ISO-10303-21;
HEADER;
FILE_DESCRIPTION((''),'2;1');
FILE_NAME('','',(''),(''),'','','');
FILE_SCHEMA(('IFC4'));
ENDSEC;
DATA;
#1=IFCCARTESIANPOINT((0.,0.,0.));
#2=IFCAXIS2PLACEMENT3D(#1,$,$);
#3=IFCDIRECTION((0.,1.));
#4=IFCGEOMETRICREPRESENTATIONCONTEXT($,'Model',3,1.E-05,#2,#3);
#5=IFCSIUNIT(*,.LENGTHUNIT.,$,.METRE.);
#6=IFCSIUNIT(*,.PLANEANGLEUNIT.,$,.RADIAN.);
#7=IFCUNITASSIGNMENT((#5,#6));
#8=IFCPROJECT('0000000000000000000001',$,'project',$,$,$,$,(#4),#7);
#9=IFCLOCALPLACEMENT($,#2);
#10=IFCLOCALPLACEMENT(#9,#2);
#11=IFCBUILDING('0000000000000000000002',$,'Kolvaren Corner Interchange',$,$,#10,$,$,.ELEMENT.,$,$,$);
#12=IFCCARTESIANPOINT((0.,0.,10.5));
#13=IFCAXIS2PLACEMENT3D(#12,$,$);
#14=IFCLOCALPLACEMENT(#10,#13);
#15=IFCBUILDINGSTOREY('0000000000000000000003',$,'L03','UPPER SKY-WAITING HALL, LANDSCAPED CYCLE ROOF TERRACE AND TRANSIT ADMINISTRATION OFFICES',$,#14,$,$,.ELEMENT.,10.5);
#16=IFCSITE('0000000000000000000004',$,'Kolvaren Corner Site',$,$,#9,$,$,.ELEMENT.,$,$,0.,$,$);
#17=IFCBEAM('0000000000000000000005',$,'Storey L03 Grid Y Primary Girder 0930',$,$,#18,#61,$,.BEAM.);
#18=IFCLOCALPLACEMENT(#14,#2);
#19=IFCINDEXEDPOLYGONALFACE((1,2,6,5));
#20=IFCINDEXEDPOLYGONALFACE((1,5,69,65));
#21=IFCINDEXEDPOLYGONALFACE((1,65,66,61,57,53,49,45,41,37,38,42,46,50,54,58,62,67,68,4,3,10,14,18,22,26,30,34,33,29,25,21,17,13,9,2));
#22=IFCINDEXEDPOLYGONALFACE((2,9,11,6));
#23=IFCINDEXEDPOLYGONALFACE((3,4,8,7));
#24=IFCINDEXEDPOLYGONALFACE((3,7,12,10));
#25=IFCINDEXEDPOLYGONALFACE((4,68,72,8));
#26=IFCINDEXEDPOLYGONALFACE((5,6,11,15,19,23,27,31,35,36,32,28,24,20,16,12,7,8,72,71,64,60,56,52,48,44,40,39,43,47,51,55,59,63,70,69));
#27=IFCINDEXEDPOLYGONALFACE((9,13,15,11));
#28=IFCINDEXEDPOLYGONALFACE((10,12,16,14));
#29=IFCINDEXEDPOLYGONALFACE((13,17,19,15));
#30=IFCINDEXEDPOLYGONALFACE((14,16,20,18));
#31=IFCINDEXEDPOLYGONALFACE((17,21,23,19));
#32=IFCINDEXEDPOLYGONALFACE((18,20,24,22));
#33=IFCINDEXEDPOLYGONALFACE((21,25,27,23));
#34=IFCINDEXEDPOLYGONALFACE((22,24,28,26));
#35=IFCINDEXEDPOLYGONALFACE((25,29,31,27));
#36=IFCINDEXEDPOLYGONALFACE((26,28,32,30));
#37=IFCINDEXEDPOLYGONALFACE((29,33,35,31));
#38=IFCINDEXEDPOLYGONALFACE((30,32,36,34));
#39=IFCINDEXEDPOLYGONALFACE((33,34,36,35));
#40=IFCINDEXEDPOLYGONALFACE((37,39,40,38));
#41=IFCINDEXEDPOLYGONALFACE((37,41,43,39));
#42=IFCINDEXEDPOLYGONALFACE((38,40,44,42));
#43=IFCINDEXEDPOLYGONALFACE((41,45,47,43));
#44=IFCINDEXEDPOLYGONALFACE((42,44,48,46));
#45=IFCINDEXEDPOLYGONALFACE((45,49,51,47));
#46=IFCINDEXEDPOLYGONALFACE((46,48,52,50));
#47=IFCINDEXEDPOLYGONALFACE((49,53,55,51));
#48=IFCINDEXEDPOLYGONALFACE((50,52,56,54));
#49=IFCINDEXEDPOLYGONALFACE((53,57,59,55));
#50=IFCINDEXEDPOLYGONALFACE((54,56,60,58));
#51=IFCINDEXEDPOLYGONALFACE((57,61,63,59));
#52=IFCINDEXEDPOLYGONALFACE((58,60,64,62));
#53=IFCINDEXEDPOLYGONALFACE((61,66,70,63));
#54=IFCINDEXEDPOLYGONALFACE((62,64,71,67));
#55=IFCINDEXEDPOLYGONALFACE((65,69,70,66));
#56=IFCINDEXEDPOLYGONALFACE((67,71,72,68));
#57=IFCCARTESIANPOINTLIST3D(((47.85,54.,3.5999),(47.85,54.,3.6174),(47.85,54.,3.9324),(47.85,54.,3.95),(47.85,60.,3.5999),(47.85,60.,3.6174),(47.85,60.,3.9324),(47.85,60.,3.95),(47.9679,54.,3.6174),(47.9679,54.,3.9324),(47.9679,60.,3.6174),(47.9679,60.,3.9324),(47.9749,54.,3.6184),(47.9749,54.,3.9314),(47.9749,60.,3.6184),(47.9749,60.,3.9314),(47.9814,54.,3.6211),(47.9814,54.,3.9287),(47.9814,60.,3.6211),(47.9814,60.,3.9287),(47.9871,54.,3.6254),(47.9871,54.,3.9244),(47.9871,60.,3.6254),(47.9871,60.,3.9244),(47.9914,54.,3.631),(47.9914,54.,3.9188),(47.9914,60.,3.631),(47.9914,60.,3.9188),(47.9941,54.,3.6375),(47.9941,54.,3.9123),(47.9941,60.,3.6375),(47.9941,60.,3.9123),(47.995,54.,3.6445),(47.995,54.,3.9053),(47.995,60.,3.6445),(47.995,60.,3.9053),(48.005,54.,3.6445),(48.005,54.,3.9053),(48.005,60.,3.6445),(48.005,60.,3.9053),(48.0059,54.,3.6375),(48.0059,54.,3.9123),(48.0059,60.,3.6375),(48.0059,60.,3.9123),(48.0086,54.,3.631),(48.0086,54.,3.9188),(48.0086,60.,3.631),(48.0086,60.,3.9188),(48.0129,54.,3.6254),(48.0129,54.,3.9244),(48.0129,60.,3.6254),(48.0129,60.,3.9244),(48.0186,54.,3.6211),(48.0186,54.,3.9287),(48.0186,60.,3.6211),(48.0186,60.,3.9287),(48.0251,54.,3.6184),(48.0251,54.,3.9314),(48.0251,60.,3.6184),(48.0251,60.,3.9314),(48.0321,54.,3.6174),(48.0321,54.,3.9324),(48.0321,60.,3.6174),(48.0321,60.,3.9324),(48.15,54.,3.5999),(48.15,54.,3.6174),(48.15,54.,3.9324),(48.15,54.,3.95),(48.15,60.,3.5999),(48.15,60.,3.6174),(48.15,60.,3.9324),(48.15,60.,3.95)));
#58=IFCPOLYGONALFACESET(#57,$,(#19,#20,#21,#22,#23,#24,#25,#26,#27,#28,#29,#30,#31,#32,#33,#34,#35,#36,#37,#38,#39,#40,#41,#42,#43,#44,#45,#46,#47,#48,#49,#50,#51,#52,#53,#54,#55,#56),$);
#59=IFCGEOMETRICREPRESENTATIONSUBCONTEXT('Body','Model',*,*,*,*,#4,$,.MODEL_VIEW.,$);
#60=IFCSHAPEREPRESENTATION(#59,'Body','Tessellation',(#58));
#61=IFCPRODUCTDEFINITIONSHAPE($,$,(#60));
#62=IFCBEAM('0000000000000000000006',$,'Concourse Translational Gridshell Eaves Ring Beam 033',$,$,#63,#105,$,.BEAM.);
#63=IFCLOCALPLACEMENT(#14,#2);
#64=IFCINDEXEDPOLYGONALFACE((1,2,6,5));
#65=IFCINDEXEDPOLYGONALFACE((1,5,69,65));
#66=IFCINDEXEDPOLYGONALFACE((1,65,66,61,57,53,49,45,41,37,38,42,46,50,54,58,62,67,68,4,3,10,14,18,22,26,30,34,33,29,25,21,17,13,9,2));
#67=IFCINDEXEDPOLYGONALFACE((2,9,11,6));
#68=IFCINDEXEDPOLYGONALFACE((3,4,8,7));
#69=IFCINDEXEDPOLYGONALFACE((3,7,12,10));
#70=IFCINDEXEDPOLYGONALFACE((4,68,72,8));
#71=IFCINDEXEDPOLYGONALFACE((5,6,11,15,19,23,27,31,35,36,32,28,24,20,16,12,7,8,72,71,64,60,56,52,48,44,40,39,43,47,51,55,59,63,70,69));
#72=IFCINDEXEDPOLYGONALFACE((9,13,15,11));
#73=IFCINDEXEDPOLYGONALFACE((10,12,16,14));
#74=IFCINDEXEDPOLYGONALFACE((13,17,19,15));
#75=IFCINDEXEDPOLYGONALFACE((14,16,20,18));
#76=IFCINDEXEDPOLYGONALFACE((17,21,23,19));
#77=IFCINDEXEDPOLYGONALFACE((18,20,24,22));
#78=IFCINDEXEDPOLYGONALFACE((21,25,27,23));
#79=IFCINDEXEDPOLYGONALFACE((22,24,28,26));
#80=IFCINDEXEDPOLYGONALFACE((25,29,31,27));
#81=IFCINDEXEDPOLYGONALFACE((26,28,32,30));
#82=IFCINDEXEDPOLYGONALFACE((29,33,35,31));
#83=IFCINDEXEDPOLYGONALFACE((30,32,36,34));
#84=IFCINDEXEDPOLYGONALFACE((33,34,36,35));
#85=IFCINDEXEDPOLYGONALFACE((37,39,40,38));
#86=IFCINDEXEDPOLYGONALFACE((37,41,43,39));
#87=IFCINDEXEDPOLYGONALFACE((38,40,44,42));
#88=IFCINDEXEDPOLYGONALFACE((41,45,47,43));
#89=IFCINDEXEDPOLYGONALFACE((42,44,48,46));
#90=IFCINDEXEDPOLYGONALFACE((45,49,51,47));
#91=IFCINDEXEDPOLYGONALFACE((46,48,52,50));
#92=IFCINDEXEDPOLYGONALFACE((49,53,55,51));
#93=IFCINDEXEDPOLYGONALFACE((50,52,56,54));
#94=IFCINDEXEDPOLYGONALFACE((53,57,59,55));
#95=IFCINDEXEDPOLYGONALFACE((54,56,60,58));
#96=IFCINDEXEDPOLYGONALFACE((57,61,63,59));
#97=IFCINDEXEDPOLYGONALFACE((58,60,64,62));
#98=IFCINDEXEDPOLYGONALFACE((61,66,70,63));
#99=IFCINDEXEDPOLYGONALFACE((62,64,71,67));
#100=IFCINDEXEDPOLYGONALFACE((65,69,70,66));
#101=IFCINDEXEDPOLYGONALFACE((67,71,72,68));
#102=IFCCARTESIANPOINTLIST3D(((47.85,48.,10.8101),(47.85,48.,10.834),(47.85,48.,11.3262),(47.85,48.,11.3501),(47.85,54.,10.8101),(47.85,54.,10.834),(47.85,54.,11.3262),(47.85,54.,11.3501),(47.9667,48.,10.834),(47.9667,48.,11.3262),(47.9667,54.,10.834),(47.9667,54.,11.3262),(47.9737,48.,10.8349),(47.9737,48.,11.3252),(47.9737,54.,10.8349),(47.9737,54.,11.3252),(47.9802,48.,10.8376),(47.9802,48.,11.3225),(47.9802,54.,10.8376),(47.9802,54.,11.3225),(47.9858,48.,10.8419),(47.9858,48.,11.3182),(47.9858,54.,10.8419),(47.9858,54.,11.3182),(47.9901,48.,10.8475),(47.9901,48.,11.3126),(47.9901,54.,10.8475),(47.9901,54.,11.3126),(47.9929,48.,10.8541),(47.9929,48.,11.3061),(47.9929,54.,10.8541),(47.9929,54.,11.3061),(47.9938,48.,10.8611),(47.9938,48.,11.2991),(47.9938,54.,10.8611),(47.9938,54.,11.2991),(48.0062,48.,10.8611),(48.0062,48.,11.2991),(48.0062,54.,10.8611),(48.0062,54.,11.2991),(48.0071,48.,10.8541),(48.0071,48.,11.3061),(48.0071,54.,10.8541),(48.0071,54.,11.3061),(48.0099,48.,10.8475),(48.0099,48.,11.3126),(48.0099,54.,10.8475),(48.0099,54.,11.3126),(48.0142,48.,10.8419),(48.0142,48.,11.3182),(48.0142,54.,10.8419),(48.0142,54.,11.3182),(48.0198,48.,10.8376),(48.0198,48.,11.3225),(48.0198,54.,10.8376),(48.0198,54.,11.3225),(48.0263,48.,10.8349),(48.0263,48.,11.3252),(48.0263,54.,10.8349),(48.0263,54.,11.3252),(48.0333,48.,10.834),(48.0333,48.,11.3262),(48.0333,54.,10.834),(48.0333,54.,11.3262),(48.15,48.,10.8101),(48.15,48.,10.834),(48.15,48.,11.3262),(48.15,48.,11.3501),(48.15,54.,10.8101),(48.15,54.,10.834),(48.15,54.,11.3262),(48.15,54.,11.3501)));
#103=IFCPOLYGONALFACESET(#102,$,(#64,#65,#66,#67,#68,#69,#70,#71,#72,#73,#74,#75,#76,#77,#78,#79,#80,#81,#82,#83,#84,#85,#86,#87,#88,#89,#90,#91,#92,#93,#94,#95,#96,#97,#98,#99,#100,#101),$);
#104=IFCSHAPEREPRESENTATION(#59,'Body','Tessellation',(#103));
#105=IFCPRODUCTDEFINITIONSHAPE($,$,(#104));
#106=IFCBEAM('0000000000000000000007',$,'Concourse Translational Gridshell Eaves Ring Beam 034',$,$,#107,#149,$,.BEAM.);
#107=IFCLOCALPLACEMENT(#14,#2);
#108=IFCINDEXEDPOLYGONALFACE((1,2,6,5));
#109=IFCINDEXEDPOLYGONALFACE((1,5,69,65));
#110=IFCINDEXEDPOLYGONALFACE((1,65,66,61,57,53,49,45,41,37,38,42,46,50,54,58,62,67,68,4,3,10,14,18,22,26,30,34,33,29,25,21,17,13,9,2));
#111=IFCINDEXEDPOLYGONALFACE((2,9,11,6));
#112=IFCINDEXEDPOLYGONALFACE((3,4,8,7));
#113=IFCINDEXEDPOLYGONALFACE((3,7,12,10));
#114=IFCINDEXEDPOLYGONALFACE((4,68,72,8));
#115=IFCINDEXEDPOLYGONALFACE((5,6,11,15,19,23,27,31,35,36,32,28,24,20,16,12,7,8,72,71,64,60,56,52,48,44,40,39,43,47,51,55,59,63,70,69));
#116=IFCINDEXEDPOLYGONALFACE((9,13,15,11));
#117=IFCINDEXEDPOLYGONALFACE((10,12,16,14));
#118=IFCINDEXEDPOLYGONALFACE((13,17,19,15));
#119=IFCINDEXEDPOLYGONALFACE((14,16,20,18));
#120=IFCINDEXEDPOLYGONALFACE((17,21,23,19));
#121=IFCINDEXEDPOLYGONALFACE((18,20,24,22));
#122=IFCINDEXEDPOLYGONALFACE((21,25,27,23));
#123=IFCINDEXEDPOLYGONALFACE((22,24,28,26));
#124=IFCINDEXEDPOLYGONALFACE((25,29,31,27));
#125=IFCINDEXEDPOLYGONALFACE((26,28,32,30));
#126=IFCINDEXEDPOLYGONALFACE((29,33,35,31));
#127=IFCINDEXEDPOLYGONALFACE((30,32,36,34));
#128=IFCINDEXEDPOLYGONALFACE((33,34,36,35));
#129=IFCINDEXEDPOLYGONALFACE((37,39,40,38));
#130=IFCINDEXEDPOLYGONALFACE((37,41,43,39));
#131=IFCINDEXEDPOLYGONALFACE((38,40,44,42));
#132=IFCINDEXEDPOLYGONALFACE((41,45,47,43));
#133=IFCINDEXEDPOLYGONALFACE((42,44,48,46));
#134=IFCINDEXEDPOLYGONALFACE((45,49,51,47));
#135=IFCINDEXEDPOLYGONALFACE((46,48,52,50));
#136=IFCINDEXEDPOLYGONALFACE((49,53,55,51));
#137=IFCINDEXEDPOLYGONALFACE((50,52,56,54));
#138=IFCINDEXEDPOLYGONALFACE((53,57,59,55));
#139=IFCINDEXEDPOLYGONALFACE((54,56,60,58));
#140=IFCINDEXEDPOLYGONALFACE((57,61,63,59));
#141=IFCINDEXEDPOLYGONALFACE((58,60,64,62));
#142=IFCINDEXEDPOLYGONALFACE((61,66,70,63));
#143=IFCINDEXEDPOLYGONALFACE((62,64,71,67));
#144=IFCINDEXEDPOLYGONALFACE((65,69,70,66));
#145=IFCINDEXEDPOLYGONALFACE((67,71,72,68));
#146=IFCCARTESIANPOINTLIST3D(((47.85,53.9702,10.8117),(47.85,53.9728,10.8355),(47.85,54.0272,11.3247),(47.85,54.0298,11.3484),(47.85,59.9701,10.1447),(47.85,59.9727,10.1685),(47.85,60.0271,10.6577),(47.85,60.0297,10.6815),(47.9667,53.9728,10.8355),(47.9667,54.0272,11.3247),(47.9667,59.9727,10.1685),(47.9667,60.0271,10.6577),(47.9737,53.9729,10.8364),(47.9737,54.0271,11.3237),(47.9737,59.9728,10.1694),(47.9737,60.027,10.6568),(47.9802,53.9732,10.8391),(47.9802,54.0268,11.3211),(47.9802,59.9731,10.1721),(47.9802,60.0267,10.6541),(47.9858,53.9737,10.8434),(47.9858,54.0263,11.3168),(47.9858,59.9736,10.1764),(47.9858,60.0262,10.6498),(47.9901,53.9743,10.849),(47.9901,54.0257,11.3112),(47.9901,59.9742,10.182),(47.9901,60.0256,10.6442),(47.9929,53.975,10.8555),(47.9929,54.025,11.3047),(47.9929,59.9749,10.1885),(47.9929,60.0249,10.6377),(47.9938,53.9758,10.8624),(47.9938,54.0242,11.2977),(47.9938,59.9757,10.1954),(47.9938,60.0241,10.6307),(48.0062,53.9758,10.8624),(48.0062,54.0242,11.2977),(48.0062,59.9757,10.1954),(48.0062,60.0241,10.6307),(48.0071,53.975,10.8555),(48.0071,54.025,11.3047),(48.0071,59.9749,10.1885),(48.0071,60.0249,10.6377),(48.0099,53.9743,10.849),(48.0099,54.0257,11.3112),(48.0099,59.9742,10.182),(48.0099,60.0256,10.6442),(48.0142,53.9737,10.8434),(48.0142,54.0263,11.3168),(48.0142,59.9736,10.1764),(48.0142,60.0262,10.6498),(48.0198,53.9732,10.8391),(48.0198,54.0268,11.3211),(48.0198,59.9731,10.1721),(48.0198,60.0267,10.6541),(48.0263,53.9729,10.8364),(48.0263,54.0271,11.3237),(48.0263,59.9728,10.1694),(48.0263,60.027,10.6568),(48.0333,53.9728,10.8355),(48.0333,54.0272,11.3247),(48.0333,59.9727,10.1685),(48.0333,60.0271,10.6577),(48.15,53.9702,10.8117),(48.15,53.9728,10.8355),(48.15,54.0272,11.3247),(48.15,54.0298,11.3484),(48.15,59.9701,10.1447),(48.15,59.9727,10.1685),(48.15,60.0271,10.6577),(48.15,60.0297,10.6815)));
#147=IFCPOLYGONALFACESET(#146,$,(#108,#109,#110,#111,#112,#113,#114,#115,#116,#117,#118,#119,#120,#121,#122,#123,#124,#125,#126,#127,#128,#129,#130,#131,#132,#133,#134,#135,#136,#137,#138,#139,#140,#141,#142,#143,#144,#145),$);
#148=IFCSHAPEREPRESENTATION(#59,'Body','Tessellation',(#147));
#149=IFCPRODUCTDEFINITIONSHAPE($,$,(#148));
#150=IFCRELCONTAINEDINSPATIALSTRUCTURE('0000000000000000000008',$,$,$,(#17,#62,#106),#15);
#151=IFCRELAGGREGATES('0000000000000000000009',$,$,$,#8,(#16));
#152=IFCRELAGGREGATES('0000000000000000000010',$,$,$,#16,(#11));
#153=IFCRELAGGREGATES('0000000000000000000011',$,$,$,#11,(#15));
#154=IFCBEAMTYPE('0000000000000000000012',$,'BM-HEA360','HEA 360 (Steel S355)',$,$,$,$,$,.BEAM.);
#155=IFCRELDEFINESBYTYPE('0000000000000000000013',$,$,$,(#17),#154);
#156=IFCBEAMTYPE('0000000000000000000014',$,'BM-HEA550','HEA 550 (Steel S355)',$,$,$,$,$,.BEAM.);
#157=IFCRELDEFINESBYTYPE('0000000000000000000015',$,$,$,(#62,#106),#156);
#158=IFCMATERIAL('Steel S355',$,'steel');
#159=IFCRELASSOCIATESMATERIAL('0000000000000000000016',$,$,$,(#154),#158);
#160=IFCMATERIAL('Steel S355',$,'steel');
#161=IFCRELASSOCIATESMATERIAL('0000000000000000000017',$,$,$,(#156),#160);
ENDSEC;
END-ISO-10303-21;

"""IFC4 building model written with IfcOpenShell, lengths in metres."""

from ifc_helpers import new_model, si_unit, direction, frame, origin, origin_2d, place, context, subcontext, project, spatial, i_section, extrude, material, material_profile, profile_set, type_object, element, save


model = new_model("IFC4")

# Units and contexts
model_context = context("Model", 3, precision=1e-05, world=origin(), true_north=direction((0.0, 1.0)))
body_context = subcontext(model_context, "Body", "Model", "MODEL_VIEW")
ifc_project = project(units=[si_unit("LENGTHUNIT", "METRE"), si_unit("PLANEANGLEUNIT", "RADIAN")], contexts=[model_context])

# Site, building, storey
site_placement = place(None, origin())
site = spatial("IfcSite", under=ifc_project, at=site_placement, Name="Kolvaren Corner Site", CompositionType="ELEMENT", RefElevation=0.0)
building_placement = place(site_placement, origin())
building = spatial("IfcBuilding", under=site, at=building_placement, Name="Kolvaren Corner Interchange", CompositionType="ELEMENT")
storey_placement = place(building_placement, frame((0.0, 0.0, 10.5)))
storey = spatial("IfcBuildingStorey", under=building, at=storey_placement, Name="L03", Description="UPPER SKY-WAITING HALL, LANDSCAPED CYCLE ROOF TERRACE AND TRANSIT ADMINISTRATION OFFICES", CompositionType="ELEMENT", Elevation=10.5)

# Beams
ifc_material_1 = material(Name="Steel S355", Category="steel")
ifc_material_profile_1 = material_profile(ifc_material_1, i_section(OverallWidth=0.3, OverallDepth=0.3501, WebThickness=0.01, FlangeThickness=0.0176, FilletRadius=0.0271, at=origin_2d()), Name="HEA 360")
ifc_profile_set_1 = profile_set([ifc_material_profile_1], Name="Steel S355")
beam_type_1 = type_object("IfcBeamType", Name="BM-HEA360", Description="HEA 360 (Steel S355)", PredefinedType="BEAM", material=ifc_profile_set_1)
for number, where, z_axis, x_axis, name in (
    (1, (48.0, 54.0, 3.7749), (0.0, 1.0, 0.0), (-1.0, 0.0, 0.0), "Storey L03 Grid Y Primary Girder 0930"),
):
    element("IfcBeam", number, at=place(storey_placement, frame(where, z_axis=z_axis, x_axis=x_axis)), inside=storey, type_object=beam_type_1, Name=name, PredefinedType="BEAM", context=body_context, shape_type="SweptSolid", body=[
        extrude(i_section(OverallWidth=0.3, OverallDepth=0.3501, WebThickness=0.01, FlangeThickness=0.0176, FilletRadius=0.0271, at=origin_2d()), origin(), (0.0, 0.0, 1.0), 6.0),
    ])
ifc_material_2 = material(Name="Steel S355", Category="steel")
ifc_material_profile_2 = material_profile(ifc_material_2, i_section(OverallWidth=0.3, OverallDepth=0.54, WebThickness=0.0125, FlangeThickness=0.0239, FilletRadius=0.0271, at=origin_2d()), Name="HEA 550")
ifc_profile_set_2 = profile_set([ifc_material_profile_2], Name="Steel S355")
beam_type_2 = type_object("IfcBeamType", Name="BM-HEA550", Description="HEA 550 (Steel S355)", PredefinedType="BEAM", material=ifc_profile_set_2)
beam_1_placement = place(storey_placement, frame((48.0, 48.0, 11.0801), z_axis=(0.0, 1.0, 0.0), x_axis=(-1.0, 0.0, 0.0)))
element("IfcBeam", 2, at=beam_1_placement, inside=storey, type_object=beam_type_2, Name="Concourse Translational Gridshell Eaves Ring Beam 033", PredefinedType="BEAM", context=body_context, shape_type="SweptSolid", body=[
    extrude(i_section(OverallWidth=0.3, OverallDepth=0.54, WebThickness=0.0125, FlangeThickness=0.0239, FilletRadius=0.0271, at=origin_2d()), origin(), (0.0, 0.0, 1.0), 6.0),
])
beam_2_placement = place(storey_placement, frame((48.0, 54.0, 11.0801), z_axis=(0.0, 0.993878, -0.110485), x_axis=(-1.0, 0.0, 0.0)))
element("IfcBeam", 3, at=beam_2_placement, inside=storey, type_object=beam_type_2, Name="Concourse Translational Gridshell Eaves Ring Beam 034", PredefinedType="BEAM", context=body_context, shape_type="SweptSolid", body=[
    extrude(i_section(OverallWidth=0.3, OverallDepth=0.54, WebThickness=0.0125, FlangeThickness=0.0239, FilletRadius=0.0271, at=origin_2d()), origin(), (0.0, 0.0, 1.0), 6.0369),
])

save(model, "model.ifc")
